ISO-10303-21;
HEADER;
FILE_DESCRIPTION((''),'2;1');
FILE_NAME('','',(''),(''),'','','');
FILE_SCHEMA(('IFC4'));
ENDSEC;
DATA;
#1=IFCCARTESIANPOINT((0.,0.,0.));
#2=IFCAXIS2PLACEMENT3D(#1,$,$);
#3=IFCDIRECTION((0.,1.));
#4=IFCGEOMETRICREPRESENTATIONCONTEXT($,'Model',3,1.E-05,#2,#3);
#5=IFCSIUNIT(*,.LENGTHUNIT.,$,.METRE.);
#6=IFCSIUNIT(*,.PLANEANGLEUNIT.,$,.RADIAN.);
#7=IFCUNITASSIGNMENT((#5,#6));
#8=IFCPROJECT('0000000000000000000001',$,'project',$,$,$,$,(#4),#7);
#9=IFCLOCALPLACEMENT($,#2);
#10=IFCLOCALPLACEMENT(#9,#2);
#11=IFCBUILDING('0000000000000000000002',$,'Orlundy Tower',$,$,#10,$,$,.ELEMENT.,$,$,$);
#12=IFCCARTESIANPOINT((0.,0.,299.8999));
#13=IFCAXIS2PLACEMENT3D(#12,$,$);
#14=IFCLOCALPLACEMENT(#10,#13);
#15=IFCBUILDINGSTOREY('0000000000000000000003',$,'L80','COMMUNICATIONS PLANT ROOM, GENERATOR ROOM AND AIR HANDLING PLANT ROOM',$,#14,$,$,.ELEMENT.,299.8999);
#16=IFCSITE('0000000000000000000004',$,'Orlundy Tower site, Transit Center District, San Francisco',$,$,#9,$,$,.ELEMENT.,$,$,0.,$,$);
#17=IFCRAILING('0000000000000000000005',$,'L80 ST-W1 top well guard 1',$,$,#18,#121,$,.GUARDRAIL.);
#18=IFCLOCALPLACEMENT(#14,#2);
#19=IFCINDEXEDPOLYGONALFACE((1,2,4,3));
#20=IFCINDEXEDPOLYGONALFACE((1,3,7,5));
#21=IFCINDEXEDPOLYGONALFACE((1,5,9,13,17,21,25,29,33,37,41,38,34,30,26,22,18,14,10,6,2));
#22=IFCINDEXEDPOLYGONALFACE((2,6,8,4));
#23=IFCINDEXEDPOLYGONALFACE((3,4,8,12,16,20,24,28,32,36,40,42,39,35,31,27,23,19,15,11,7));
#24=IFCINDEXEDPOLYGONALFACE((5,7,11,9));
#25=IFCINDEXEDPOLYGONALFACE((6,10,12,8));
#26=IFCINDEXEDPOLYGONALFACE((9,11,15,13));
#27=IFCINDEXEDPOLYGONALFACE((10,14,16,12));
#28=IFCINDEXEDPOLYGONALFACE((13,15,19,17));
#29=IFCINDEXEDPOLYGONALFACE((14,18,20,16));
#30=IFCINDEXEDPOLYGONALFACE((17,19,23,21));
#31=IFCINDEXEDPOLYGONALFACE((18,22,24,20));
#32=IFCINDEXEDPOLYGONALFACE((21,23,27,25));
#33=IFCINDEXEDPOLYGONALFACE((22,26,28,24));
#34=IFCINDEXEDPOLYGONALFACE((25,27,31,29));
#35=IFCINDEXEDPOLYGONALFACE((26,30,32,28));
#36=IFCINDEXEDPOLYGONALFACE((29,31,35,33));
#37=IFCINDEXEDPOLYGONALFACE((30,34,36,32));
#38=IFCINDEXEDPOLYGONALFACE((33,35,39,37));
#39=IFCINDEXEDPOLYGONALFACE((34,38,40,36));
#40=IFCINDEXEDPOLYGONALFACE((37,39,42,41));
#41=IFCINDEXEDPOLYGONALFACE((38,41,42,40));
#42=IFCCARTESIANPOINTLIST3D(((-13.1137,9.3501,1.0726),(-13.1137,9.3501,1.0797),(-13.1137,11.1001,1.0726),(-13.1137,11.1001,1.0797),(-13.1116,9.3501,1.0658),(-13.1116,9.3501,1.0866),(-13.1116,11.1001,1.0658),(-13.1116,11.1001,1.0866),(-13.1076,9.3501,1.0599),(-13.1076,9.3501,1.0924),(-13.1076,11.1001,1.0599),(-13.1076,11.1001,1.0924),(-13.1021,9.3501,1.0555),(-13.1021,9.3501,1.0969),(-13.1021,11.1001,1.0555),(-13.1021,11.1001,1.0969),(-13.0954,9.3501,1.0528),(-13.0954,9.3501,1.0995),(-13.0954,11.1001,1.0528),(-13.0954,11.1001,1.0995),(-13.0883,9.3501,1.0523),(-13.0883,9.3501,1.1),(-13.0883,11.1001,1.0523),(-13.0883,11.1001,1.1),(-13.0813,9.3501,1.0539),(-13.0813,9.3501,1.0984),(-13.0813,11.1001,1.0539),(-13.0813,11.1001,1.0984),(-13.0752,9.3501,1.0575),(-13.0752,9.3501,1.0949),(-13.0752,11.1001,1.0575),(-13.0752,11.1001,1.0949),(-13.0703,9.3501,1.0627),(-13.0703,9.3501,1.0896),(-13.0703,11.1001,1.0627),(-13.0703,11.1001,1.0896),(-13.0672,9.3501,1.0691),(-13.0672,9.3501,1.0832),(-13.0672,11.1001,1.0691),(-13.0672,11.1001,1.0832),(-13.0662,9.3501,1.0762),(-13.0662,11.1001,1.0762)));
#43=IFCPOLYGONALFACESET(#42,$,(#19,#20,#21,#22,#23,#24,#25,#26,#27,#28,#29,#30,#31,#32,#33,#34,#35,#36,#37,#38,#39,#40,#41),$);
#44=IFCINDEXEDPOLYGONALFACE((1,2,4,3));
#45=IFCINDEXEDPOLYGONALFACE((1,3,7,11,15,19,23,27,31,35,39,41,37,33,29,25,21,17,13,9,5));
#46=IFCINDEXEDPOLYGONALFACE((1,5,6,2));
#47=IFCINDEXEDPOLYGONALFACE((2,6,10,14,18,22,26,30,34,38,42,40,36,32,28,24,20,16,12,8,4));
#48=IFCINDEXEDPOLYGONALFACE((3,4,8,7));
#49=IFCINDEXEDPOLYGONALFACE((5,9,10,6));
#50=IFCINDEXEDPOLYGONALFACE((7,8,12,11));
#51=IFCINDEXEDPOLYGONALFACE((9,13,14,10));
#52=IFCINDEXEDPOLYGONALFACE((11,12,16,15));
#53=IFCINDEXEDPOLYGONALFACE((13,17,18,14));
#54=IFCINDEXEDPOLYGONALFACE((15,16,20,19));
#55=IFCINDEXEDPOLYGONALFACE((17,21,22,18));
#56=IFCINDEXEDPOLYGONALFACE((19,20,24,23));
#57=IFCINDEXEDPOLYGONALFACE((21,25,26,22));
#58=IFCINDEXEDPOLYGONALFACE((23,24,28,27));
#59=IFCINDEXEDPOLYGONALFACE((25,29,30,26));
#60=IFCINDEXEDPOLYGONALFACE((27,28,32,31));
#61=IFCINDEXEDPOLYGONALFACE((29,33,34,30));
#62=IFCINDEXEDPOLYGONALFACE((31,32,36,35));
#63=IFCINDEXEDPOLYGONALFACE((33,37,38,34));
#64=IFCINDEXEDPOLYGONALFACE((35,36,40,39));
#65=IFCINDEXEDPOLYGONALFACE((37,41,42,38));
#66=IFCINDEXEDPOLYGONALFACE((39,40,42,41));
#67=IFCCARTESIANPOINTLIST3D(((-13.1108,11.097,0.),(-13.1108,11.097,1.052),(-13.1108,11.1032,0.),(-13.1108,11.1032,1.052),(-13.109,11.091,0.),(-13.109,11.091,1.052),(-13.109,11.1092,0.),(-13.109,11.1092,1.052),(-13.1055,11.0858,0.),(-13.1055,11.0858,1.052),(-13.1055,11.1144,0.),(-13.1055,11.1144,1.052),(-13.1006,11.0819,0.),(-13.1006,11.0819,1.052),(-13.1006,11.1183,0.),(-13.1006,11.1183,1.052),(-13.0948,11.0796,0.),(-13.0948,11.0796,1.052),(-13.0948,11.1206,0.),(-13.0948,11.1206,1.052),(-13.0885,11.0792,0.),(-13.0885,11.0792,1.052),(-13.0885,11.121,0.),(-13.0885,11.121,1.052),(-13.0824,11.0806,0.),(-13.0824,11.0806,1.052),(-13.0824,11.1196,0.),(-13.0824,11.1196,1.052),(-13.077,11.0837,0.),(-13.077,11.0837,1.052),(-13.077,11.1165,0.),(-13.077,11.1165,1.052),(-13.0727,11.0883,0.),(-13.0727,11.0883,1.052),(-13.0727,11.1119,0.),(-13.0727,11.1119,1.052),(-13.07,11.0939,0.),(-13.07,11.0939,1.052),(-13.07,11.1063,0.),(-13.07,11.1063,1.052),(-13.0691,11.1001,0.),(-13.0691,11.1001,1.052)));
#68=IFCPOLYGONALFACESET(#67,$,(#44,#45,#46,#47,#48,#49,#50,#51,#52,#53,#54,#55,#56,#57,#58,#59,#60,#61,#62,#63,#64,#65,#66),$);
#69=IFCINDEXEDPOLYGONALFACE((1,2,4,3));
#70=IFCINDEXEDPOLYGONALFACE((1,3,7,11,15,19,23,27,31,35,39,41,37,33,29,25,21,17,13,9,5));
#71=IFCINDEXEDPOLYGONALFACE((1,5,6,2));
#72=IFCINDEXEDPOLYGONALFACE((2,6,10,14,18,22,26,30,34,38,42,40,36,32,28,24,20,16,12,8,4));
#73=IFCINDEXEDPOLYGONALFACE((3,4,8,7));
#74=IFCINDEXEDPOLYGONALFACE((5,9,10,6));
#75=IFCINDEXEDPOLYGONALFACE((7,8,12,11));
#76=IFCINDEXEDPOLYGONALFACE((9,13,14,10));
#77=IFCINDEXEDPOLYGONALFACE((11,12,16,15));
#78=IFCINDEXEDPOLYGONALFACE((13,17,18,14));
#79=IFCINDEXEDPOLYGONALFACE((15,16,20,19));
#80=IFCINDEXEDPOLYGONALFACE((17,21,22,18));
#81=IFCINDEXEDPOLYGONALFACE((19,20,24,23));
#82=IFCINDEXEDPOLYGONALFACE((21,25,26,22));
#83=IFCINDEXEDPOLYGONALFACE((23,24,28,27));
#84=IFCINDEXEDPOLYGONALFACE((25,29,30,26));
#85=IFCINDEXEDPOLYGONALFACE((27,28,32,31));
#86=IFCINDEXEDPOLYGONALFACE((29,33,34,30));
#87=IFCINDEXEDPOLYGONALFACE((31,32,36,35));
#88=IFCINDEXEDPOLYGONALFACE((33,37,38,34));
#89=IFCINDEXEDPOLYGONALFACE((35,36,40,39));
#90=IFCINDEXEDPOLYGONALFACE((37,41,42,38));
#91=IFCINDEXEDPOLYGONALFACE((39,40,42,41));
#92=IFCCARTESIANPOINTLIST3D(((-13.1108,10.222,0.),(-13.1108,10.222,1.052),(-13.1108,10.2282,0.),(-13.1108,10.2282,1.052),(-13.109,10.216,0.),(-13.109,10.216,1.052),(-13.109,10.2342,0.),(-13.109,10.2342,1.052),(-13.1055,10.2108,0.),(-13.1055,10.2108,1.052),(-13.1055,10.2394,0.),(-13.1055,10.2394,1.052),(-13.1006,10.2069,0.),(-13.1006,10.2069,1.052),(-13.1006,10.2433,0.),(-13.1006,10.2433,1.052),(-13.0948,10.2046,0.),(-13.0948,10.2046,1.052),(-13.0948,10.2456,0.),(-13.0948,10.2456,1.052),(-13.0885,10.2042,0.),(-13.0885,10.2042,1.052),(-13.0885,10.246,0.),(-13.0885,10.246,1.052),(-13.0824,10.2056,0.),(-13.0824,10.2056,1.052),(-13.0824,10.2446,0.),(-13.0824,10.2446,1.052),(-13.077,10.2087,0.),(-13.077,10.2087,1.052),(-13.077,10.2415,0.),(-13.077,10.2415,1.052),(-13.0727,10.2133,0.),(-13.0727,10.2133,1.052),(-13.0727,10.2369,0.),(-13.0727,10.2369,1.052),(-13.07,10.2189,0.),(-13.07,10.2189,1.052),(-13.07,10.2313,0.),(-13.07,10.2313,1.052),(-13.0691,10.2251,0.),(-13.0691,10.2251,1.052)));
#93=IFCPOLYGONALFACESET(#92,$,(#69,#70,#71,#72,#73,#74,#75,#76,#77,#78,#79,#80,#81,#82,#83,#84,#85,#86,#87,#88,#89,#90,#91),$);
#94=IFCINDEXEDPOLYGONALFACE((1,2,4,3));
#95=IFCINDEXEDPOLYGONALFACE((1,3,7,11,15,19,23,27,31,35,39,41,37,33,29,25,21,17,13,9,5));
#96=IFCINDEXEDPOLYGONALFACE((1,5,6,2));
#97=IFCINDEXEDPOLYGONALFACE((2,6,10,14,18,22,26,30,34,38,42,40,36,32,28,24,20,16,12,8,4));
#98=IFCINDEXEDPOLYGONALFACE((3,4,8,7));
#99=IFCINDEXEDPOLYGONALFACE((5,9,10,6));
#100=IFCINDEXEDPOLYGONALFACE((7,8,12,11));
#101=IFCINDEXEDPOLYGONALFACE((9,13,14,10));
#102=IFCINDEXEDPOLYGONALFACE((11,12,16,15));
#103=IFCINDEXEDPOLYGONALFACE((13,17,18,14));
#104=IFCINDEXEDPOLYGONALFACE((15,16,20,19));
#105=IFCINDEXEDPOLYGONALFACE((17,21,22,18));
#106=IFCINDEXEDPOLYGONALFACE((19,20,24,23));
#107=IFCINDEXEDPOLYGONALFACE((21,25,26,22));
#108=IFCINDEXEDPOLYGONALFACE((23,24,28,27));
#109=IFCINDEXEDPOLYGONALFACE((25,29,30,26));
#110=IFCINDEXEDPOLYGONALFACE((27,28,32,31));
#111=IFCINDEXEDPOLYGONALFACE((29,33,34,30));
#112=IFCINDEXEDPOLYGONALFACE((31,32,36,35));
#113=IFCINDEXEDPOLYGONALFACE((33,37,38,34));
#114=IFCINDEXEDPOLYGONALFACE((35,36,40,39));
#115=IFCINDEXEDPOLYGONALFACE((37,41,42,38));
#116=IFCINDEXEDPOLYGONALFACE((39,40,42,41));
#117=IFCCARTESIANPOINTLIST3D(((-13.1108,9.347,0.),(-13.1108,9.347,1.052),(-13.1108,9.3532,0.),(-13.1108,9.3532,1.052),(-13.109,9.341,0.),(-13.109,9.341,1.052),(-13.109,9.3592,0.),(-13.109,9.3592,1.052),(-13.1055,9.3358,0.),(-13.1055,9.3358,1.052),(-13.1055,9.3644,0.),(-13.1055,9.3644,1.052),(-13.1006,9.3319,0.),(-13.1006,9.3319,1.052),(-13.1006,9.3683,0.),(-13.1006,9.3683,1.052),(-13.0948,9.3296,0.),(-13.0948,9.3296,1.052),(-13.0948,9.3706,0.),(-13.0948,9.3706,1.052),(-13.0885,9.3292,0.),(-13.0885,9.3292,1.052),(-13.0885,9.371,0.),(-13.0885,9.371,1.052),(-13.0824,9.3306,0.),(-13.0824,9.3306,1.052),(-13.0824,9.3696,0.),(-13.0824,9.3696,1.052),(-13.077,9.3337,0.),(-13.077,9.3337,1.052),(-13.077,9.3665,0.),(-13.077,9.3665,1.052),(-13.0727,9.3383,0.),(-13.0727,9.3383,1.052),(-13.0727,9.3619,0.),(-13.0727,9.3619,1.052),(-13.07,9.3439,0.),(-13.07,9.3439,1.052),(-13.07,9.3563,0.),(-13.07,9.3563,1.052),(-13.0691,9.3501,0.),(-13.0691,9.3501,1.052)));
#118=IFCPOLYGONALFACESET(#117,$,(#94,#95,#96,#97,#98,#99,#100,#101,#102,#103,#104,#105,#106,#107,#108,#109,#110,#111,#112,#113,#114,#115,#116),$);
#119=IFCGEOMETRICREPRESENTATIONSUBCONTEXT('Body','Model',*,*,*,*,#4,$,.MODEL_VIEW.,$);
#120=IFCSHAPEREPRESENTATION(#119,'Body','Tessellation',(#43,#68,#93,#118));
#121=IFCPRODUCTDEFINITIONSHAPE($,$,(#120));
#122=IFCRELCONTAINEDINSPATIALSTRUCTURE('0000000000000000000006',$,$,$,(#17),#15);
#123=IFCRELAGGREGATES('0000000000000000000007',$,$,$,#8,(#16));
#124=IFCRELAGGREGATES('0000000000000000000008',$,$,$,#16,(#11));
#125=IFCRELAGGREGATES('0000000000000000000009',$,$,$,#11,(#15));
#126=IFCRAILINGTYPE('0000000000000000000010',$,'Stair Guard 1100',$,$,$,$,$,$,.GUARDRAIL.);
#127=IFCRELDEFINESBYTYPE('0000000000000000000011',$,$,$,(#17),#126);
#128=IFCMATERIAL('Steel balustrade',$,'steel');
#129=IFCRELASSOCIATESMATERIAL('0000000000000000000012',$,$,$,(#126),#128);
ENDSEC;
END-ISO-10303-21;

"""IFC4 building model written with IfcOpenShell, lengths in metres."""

from ifc_helpers import new_model, si_unit, direction, frame, origin, origin_2d, place, context, subcontext, project, spatial, circle, extrude, material, type_object, element, save


model = new_model("IFC4")

# Units and contexts
model_context = context("Model", 3, precision=1e-05, world=origin(), true_north=direction((0.0, 1.0)))
body_context = subcontext(model_context, "Body", "Model", "MODEL_VIEW")
ifc_project = project(units=[si_unit("LENGTHUNIT", "METRE"), si_unit("PLANEANGLEUNIT", "RADIAN")], contexts=[model_context])

# Site, building, storey
site_placement = place(None, origin())
site = spatial("IfcSite", under=ifc_project, at=site_placement, Name="Orlundy Tower site, Transit Center District, San Francisco", CompositionType="ELEMENT", RefElevation=0.0)
building_placement = place(site_placement, origin())
building = spatial("IfcBuilding", under=site, at=building_placement, Name="Orlundy Tower", CompositionType="ELEMENT")
storey_placement = place(building_placement, frame((0.0, 0.0, 299.8999)))
storey = spatial("IfcBuildingStorey", under=building, at=storey_placement, Name="L80", Description="COMMUNICATIONS PLANT ROOM, GENERATOR ROOM AND AIR HANDLING PLANT ROOM", CompositionType="ELEMENT", Elevation=299.8999)

# Railing
ifc_material_1 = material(Name="Steel balustrade", Category="steel")
railing_type = type_object("IfcRailingType", Name="Stair Guard 1100", PredefinedType="GUARDRAIL", material=ifc_material_1)
railing_placement = place(storey_placement, frame((-13.0901, 11.1001, 0.0)))
element("IfcRailing", 1, at=railing_placement, inside=storey, type_object=railing_type, Name="L80 ST-W1 top well guard 1", PredefinedType="GUARDRAIL", context=body_context, shape_type="SweptSolid", body=[
    extrude(circle(Radius=0.0239, at=origin_2d()), frame((0.0, 0.0, 1.0762), z_axis=(0.0, -1.0, 0.0), x_axis=(1.0, 0.0, 0.0)), (0.0, 0.0, 1.0), 1.75),
    extrude(circle(Radius=0.021, at=origin_2d()), origin(), (0.0, 0.0, 1.0), 1.052),
    extrude(circle(Radius=0.021, at=origin_2d()), frame((0.0, -0.875, 0.0)), (0.0, 0.0, 1.0), 1.052),
    extrude(circle(Radius=0.021, at=origin_2d()), frame((0.0, -1.75, 0.0)), (0.0, 0.0, 1.0), 1.052),
])

save(model, "model.ifc")
